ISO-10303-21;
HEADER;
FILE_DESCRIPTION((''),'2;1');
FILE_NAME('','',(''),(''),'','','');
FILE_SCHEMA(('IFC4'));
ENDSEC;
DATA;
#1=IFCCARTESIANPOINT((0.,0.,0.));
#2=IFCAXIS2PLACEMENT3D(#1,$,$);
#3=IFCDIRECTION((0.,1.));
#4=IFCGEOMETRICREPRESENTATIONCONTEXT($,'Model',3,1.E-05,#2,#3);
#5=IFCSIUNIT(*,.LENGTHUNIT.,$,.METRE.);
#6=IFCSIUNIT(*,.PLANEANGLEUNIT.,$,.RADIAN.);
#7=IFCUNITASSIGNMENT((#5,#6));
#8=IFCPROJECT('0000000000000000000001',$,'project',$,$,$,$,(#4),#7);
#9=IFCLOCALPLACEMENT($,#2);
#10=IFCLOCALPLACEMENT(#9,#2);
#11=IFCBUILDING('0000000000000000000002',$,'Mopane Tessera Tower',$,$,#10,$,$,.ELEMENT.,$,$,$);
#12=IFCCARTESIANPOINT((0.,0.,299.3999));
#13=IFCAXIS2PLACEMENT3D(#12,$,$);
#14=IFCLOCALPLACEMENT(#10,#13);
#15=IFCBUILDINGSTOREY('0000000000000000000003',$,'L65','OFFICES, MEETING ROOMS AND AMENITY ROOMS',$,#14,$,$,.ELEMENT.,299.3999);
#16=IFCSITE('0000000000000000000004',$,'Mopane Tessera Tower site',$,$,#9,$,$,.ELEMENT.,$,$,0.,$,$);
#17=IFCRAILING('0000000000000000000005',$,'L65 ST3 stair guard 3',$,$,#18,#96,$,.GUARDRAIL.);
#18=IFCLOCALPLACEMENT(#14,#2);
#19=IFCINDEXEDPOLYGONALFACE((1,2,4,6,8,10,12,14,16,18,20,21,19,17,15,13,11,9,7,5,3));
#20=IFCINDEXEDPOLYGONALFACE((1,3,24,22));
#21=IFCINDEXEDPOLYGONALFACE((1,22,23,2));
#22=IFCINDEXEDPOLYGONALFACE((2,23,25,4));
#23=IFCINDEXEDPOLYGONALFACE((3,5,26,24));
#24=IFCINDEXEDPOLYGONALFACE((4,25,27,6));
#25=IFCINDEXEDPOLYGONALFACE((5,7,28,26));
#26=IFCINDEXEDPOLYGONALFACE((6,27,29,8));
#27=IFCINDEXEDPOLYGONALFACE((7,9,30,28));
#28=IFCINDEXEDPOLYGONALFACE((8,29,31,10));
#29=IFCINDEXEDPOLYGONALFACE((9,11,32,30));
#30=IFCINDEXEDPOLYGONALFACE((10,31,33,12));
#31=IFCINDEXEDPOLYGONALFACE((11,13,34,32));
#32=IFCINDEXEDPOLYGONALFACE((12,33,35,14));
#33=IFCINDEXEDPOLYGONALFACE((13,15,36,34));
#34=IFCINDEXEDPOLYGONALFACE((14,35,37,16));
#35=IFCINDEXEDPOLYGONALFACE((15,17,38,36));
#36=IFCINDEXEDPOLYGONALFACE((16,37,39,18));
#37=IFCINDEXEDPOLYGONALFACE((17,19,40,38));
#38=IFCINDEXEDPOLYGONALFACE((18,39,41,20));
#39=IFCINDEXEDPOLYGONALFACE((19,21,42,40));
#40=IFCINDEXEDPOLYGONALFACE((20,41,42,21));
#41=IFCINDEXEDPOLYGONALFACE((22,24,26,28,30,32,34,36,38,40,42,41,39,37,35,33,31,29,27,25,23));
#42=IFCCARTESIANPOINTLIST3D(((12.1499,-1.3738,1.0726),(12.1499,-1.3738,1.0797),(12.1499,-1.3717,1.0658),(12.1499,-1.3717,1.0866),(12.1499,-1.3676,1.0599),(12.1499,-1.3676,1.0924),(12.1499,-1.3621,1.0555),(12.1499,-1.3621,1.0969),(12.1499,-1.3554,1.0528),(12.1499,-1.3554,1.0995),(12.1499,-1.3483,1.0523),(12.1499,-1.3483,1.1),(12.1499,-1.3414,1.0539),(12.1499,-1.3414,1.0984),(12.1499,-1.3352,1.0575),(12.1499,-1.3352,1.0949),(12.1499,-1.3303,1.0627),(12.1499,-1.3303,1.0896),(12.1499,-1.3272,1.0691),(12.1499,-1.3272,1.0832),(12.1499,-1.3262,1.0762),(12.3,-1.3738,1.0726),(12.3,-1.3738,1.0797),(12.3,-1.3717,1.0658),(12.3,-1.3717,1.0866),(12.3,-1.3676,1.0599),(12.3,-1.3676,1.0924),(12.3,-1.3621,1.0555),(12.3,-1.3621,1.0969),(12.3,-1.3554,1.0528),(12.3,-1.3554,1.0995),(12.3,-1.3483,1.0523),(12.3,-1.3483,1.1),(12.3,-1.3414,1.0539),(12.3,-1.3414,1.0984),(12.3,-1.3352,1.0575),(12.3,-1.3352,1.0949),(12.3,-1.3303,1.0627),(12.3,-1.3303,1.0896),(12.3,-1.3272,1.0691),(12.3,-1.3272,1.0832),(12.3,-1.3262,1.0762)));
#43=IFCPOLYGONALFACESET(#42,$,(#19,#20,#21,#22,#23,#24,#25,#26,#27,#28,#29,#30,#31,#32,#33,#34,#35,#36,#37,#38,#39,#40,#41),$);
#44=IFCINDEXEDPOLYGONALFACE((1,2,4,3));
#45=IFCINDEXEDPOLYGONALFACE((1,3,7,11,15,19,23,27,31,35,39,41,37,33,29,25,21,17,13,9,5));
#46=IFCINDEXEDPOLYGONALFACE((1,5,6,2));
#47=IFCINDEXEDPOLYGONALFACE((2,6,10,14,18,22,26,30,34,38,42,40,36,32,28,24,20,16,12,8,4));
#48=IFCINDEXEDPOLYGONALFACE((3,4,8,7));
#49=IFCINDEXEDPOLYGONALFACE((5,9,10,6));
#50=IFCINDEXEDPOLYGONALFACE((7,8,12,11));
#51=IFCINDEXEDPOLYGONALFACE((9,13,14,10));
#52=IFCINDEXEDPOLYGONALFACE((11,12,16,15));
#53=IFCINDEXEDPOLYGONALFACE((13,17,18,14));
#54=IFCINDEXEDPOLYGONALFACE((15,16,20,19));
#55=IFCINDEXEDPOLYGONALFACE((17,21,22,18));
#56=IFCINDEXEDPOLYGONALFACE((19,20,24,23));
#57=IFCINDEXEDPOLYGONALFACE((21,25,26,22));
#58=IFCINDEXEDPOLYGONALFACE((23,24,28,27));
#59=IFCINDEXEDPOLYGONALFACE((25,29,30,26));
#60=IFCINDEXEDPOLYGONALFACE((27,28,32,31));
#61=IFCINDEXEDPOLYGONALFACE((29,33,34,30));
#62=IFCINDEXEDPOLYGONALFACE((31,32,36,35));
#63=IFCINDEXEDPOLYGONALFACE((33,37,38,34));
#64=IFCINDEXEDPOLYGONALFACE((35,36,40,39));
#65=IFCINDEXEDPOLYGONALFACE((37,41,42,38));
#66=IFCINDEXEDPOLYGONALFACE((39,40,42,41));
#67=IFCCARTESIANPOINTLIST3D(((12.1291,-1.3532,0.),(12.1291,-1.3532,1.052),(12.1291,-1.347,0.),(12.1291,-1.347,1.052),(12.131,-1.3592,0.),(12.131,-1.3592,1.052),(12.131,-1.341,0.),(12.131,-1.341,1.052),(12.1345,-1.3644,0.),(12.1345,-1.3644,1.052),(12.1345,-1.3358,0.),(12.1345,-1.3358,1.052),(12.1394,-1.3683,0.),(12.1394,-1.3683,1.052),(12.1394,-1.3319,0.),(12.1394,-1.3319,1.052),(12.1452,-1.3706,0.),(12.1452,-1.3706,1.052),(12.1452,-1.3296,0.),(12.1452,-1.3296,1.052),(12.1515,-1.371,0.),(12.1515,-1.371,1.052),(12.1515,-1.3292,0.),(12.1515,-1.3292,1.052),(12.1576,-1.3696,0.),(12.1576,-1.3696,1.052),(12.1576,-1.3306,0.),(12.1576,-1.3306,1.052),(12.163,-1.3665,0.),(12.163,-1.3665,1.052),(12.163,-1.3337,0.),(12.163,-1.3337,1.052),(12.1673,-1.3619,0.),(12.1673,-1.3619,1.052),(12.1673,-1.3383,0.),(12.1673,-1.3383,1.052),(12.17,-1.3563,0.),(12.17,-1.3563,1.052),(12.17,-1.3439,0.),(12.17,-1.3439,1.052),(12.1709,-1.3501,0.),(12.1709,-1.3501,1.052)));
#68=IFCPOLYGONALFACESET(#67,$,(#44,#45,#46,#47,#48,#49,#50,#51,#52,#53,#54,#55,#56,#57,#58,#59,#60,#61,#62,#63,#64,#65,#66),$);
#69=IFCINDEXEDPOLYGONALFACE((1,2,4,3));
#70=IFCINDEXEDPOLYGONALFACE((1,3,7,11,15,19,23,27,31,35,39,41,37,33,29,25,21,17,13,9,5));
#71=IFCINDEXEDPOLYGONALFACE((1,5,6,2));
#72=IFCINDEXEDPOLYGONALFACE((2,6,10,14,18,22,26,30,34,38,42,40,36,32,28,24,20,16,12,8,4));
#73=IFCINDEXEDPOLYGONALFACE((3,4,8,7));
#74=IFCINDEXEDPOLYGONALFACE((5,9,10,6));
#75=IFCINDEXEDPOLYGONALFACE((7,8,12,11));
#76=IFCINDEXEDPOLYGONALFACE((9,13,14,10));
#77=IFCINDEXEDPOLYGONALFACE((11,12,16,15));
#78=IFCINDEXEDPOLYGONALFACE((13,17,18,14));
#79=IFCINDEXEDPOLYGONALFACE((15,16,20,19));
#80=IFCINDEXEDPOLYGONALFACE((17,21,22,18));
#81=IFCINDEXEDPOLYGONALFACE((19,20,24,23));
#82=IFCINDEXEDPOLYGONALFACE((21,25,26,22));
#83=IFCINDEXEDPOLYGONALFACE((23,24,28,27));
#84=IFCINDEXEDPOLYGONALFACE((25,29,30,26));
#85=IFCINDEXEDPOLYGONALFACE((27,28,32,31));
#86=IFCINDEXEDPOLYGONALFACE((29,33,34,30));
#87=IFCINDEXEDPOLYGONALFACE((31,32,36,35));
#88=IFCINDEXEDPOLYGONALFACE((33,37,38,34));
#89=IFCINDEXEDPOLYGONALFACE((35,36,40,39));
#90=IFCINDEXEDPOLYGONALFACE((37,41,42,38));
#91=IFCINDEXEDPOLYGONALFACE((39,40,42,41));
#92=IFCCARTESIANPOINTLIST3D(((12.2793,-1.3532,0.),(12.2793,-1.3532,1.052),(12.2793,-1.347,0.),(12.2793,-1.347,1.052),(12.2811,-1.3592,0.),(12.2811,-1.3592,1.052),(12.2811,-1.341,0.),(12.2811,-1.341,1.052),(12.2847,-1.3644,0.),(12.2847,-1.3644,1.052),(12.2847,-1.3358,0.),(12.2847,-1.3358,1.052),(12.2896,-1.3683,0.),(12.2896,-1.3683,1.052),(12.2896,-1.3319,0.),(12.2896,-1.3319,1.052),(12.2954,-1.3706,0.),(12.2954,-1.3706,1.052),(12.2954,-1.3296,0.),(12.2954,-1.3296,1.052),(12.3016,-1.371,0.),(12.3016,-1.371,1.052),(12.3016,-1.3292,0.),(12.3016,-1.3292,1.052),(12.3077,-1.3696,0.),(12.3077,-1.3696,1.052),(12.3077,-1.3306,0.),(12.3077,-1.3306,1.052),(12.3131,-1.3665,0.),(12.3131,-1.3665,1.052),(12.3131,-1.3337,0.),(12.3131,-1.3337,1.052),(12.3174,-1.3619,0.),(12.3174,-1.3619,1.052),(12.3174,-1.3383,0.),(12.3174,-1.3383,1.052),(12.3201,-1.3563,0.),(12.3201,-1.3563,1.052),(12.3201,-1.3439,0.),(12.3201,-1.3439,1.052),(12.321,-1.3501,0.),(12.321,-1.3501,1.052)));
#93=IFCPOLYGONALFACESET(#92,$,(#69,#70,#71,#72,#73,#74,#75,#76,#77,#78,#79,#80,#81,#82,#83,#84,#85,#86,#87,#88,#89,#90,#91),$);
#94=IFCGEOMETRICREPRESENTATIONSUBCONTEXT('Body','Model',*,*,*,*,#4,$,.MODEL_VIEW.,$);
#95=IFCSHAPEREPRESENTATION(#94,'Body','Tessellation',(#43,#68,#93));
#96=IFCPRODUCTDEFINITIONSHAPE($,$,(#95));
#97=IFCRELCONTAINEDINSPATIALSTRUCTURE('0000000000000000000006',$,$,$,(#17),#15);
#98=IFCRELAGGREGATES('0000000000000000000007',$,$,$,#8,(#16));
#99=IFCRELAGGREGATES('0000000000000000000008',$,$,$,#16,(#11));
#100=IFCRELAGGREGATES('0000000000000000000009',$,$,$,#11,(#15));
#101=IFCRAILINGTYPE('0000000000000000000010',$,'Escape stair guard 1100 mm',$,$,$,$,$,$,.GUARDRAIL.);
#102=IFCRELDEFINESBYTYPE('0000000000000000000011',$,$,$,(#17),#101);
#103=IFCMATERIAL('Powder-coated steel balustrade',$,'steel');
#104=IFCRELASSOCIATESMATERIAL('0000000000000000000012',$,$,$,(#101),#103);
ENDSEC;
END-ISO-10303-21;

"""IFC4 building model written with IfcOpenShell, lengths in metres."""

from ifc_helpers import new_model, si_unit, direction, frame, origin, origin_2d, place, context, subcontext, project, spatial, circle, extrude, material, type_object, element, save


model = new_model("IFC4")

# Units and contexts
model_context = context("Model", 3, precision=1e-05, world=origin(), true_north=direction((0.0, 1.0)))
body_context = subcontext(model_context, "Body", "Model", "MODEL_VIEW")
ifc_project = project(units=[si_unit("LENGTHUNIT", "METRE"), si_unit("PLANEANGLEUNIT", "RADIAN")], contexts=[model_context])

# Site, building, storey
site_placement = place(None, origin())
site = spatial("IfcSite", under=ifc_project, at=site_placement, Name="Mopane Tessera Tower site", CompositionType="ELEMENT", RefElevation=0.0)
building_placement = place(site_placement, origin())
building = spatial("IfcBuilding", under=site, at=building_placement, Name="Mopane Tessera Tower", CompositionType="ELEMENT")
storey_placement = place(building_placement, frame((0.0, 0.0, 299.3999)))
storey = spatial("IfcBuildingStorey", under=building, at=storey_placement, Name="L65", Description="OFFICES, MEETING ROOMS AND AMENITY ROOMS", CompositionType="ELEMENT", Elevation=299.3999)

# Railing
ifc_material_1 = material(Name="Powder-coated steel balustrade", Category="steel")
railing_type_1 = type_object("IfcRailingType", Name="Escape stair guard 1100 mm", PredefinedType="GUARDRAIL", material=ifc_material_1)
railing_1_placement = place(storey_placement, frame((12.1499, -1.3501, 0.0)))
element("IfcRailing", 1, at=railing_1_placement, inside=storey, type_object=railing_type_1, Name="L65 ST3 stair guard 3", PredefinedType="GUARDRAIL", context=body_context, shape_type="SweptSolid", body=[
    extrude(circle(Radius=0.0239, at=origin_2d()), frame((0.0, 0.0, 1.0762), z_axis=(1.0, 0.0, 0.0), x_axis=(0.0, 1.0, 0.0)), (0.0, 0.0, 1.0), 0.1501),
    extrude(circle(Radius=0.021, at=origin_2d()), origin(), (0.0, 0.0, 1.0), 1.052),
    extrude(circle(Radius=0.021, at=origin_2d()), frame((0.1501, 0.0, 0.0)), (0.0, 0.0, 1.0), 1.052),
])

save(model, "model.ifc")
